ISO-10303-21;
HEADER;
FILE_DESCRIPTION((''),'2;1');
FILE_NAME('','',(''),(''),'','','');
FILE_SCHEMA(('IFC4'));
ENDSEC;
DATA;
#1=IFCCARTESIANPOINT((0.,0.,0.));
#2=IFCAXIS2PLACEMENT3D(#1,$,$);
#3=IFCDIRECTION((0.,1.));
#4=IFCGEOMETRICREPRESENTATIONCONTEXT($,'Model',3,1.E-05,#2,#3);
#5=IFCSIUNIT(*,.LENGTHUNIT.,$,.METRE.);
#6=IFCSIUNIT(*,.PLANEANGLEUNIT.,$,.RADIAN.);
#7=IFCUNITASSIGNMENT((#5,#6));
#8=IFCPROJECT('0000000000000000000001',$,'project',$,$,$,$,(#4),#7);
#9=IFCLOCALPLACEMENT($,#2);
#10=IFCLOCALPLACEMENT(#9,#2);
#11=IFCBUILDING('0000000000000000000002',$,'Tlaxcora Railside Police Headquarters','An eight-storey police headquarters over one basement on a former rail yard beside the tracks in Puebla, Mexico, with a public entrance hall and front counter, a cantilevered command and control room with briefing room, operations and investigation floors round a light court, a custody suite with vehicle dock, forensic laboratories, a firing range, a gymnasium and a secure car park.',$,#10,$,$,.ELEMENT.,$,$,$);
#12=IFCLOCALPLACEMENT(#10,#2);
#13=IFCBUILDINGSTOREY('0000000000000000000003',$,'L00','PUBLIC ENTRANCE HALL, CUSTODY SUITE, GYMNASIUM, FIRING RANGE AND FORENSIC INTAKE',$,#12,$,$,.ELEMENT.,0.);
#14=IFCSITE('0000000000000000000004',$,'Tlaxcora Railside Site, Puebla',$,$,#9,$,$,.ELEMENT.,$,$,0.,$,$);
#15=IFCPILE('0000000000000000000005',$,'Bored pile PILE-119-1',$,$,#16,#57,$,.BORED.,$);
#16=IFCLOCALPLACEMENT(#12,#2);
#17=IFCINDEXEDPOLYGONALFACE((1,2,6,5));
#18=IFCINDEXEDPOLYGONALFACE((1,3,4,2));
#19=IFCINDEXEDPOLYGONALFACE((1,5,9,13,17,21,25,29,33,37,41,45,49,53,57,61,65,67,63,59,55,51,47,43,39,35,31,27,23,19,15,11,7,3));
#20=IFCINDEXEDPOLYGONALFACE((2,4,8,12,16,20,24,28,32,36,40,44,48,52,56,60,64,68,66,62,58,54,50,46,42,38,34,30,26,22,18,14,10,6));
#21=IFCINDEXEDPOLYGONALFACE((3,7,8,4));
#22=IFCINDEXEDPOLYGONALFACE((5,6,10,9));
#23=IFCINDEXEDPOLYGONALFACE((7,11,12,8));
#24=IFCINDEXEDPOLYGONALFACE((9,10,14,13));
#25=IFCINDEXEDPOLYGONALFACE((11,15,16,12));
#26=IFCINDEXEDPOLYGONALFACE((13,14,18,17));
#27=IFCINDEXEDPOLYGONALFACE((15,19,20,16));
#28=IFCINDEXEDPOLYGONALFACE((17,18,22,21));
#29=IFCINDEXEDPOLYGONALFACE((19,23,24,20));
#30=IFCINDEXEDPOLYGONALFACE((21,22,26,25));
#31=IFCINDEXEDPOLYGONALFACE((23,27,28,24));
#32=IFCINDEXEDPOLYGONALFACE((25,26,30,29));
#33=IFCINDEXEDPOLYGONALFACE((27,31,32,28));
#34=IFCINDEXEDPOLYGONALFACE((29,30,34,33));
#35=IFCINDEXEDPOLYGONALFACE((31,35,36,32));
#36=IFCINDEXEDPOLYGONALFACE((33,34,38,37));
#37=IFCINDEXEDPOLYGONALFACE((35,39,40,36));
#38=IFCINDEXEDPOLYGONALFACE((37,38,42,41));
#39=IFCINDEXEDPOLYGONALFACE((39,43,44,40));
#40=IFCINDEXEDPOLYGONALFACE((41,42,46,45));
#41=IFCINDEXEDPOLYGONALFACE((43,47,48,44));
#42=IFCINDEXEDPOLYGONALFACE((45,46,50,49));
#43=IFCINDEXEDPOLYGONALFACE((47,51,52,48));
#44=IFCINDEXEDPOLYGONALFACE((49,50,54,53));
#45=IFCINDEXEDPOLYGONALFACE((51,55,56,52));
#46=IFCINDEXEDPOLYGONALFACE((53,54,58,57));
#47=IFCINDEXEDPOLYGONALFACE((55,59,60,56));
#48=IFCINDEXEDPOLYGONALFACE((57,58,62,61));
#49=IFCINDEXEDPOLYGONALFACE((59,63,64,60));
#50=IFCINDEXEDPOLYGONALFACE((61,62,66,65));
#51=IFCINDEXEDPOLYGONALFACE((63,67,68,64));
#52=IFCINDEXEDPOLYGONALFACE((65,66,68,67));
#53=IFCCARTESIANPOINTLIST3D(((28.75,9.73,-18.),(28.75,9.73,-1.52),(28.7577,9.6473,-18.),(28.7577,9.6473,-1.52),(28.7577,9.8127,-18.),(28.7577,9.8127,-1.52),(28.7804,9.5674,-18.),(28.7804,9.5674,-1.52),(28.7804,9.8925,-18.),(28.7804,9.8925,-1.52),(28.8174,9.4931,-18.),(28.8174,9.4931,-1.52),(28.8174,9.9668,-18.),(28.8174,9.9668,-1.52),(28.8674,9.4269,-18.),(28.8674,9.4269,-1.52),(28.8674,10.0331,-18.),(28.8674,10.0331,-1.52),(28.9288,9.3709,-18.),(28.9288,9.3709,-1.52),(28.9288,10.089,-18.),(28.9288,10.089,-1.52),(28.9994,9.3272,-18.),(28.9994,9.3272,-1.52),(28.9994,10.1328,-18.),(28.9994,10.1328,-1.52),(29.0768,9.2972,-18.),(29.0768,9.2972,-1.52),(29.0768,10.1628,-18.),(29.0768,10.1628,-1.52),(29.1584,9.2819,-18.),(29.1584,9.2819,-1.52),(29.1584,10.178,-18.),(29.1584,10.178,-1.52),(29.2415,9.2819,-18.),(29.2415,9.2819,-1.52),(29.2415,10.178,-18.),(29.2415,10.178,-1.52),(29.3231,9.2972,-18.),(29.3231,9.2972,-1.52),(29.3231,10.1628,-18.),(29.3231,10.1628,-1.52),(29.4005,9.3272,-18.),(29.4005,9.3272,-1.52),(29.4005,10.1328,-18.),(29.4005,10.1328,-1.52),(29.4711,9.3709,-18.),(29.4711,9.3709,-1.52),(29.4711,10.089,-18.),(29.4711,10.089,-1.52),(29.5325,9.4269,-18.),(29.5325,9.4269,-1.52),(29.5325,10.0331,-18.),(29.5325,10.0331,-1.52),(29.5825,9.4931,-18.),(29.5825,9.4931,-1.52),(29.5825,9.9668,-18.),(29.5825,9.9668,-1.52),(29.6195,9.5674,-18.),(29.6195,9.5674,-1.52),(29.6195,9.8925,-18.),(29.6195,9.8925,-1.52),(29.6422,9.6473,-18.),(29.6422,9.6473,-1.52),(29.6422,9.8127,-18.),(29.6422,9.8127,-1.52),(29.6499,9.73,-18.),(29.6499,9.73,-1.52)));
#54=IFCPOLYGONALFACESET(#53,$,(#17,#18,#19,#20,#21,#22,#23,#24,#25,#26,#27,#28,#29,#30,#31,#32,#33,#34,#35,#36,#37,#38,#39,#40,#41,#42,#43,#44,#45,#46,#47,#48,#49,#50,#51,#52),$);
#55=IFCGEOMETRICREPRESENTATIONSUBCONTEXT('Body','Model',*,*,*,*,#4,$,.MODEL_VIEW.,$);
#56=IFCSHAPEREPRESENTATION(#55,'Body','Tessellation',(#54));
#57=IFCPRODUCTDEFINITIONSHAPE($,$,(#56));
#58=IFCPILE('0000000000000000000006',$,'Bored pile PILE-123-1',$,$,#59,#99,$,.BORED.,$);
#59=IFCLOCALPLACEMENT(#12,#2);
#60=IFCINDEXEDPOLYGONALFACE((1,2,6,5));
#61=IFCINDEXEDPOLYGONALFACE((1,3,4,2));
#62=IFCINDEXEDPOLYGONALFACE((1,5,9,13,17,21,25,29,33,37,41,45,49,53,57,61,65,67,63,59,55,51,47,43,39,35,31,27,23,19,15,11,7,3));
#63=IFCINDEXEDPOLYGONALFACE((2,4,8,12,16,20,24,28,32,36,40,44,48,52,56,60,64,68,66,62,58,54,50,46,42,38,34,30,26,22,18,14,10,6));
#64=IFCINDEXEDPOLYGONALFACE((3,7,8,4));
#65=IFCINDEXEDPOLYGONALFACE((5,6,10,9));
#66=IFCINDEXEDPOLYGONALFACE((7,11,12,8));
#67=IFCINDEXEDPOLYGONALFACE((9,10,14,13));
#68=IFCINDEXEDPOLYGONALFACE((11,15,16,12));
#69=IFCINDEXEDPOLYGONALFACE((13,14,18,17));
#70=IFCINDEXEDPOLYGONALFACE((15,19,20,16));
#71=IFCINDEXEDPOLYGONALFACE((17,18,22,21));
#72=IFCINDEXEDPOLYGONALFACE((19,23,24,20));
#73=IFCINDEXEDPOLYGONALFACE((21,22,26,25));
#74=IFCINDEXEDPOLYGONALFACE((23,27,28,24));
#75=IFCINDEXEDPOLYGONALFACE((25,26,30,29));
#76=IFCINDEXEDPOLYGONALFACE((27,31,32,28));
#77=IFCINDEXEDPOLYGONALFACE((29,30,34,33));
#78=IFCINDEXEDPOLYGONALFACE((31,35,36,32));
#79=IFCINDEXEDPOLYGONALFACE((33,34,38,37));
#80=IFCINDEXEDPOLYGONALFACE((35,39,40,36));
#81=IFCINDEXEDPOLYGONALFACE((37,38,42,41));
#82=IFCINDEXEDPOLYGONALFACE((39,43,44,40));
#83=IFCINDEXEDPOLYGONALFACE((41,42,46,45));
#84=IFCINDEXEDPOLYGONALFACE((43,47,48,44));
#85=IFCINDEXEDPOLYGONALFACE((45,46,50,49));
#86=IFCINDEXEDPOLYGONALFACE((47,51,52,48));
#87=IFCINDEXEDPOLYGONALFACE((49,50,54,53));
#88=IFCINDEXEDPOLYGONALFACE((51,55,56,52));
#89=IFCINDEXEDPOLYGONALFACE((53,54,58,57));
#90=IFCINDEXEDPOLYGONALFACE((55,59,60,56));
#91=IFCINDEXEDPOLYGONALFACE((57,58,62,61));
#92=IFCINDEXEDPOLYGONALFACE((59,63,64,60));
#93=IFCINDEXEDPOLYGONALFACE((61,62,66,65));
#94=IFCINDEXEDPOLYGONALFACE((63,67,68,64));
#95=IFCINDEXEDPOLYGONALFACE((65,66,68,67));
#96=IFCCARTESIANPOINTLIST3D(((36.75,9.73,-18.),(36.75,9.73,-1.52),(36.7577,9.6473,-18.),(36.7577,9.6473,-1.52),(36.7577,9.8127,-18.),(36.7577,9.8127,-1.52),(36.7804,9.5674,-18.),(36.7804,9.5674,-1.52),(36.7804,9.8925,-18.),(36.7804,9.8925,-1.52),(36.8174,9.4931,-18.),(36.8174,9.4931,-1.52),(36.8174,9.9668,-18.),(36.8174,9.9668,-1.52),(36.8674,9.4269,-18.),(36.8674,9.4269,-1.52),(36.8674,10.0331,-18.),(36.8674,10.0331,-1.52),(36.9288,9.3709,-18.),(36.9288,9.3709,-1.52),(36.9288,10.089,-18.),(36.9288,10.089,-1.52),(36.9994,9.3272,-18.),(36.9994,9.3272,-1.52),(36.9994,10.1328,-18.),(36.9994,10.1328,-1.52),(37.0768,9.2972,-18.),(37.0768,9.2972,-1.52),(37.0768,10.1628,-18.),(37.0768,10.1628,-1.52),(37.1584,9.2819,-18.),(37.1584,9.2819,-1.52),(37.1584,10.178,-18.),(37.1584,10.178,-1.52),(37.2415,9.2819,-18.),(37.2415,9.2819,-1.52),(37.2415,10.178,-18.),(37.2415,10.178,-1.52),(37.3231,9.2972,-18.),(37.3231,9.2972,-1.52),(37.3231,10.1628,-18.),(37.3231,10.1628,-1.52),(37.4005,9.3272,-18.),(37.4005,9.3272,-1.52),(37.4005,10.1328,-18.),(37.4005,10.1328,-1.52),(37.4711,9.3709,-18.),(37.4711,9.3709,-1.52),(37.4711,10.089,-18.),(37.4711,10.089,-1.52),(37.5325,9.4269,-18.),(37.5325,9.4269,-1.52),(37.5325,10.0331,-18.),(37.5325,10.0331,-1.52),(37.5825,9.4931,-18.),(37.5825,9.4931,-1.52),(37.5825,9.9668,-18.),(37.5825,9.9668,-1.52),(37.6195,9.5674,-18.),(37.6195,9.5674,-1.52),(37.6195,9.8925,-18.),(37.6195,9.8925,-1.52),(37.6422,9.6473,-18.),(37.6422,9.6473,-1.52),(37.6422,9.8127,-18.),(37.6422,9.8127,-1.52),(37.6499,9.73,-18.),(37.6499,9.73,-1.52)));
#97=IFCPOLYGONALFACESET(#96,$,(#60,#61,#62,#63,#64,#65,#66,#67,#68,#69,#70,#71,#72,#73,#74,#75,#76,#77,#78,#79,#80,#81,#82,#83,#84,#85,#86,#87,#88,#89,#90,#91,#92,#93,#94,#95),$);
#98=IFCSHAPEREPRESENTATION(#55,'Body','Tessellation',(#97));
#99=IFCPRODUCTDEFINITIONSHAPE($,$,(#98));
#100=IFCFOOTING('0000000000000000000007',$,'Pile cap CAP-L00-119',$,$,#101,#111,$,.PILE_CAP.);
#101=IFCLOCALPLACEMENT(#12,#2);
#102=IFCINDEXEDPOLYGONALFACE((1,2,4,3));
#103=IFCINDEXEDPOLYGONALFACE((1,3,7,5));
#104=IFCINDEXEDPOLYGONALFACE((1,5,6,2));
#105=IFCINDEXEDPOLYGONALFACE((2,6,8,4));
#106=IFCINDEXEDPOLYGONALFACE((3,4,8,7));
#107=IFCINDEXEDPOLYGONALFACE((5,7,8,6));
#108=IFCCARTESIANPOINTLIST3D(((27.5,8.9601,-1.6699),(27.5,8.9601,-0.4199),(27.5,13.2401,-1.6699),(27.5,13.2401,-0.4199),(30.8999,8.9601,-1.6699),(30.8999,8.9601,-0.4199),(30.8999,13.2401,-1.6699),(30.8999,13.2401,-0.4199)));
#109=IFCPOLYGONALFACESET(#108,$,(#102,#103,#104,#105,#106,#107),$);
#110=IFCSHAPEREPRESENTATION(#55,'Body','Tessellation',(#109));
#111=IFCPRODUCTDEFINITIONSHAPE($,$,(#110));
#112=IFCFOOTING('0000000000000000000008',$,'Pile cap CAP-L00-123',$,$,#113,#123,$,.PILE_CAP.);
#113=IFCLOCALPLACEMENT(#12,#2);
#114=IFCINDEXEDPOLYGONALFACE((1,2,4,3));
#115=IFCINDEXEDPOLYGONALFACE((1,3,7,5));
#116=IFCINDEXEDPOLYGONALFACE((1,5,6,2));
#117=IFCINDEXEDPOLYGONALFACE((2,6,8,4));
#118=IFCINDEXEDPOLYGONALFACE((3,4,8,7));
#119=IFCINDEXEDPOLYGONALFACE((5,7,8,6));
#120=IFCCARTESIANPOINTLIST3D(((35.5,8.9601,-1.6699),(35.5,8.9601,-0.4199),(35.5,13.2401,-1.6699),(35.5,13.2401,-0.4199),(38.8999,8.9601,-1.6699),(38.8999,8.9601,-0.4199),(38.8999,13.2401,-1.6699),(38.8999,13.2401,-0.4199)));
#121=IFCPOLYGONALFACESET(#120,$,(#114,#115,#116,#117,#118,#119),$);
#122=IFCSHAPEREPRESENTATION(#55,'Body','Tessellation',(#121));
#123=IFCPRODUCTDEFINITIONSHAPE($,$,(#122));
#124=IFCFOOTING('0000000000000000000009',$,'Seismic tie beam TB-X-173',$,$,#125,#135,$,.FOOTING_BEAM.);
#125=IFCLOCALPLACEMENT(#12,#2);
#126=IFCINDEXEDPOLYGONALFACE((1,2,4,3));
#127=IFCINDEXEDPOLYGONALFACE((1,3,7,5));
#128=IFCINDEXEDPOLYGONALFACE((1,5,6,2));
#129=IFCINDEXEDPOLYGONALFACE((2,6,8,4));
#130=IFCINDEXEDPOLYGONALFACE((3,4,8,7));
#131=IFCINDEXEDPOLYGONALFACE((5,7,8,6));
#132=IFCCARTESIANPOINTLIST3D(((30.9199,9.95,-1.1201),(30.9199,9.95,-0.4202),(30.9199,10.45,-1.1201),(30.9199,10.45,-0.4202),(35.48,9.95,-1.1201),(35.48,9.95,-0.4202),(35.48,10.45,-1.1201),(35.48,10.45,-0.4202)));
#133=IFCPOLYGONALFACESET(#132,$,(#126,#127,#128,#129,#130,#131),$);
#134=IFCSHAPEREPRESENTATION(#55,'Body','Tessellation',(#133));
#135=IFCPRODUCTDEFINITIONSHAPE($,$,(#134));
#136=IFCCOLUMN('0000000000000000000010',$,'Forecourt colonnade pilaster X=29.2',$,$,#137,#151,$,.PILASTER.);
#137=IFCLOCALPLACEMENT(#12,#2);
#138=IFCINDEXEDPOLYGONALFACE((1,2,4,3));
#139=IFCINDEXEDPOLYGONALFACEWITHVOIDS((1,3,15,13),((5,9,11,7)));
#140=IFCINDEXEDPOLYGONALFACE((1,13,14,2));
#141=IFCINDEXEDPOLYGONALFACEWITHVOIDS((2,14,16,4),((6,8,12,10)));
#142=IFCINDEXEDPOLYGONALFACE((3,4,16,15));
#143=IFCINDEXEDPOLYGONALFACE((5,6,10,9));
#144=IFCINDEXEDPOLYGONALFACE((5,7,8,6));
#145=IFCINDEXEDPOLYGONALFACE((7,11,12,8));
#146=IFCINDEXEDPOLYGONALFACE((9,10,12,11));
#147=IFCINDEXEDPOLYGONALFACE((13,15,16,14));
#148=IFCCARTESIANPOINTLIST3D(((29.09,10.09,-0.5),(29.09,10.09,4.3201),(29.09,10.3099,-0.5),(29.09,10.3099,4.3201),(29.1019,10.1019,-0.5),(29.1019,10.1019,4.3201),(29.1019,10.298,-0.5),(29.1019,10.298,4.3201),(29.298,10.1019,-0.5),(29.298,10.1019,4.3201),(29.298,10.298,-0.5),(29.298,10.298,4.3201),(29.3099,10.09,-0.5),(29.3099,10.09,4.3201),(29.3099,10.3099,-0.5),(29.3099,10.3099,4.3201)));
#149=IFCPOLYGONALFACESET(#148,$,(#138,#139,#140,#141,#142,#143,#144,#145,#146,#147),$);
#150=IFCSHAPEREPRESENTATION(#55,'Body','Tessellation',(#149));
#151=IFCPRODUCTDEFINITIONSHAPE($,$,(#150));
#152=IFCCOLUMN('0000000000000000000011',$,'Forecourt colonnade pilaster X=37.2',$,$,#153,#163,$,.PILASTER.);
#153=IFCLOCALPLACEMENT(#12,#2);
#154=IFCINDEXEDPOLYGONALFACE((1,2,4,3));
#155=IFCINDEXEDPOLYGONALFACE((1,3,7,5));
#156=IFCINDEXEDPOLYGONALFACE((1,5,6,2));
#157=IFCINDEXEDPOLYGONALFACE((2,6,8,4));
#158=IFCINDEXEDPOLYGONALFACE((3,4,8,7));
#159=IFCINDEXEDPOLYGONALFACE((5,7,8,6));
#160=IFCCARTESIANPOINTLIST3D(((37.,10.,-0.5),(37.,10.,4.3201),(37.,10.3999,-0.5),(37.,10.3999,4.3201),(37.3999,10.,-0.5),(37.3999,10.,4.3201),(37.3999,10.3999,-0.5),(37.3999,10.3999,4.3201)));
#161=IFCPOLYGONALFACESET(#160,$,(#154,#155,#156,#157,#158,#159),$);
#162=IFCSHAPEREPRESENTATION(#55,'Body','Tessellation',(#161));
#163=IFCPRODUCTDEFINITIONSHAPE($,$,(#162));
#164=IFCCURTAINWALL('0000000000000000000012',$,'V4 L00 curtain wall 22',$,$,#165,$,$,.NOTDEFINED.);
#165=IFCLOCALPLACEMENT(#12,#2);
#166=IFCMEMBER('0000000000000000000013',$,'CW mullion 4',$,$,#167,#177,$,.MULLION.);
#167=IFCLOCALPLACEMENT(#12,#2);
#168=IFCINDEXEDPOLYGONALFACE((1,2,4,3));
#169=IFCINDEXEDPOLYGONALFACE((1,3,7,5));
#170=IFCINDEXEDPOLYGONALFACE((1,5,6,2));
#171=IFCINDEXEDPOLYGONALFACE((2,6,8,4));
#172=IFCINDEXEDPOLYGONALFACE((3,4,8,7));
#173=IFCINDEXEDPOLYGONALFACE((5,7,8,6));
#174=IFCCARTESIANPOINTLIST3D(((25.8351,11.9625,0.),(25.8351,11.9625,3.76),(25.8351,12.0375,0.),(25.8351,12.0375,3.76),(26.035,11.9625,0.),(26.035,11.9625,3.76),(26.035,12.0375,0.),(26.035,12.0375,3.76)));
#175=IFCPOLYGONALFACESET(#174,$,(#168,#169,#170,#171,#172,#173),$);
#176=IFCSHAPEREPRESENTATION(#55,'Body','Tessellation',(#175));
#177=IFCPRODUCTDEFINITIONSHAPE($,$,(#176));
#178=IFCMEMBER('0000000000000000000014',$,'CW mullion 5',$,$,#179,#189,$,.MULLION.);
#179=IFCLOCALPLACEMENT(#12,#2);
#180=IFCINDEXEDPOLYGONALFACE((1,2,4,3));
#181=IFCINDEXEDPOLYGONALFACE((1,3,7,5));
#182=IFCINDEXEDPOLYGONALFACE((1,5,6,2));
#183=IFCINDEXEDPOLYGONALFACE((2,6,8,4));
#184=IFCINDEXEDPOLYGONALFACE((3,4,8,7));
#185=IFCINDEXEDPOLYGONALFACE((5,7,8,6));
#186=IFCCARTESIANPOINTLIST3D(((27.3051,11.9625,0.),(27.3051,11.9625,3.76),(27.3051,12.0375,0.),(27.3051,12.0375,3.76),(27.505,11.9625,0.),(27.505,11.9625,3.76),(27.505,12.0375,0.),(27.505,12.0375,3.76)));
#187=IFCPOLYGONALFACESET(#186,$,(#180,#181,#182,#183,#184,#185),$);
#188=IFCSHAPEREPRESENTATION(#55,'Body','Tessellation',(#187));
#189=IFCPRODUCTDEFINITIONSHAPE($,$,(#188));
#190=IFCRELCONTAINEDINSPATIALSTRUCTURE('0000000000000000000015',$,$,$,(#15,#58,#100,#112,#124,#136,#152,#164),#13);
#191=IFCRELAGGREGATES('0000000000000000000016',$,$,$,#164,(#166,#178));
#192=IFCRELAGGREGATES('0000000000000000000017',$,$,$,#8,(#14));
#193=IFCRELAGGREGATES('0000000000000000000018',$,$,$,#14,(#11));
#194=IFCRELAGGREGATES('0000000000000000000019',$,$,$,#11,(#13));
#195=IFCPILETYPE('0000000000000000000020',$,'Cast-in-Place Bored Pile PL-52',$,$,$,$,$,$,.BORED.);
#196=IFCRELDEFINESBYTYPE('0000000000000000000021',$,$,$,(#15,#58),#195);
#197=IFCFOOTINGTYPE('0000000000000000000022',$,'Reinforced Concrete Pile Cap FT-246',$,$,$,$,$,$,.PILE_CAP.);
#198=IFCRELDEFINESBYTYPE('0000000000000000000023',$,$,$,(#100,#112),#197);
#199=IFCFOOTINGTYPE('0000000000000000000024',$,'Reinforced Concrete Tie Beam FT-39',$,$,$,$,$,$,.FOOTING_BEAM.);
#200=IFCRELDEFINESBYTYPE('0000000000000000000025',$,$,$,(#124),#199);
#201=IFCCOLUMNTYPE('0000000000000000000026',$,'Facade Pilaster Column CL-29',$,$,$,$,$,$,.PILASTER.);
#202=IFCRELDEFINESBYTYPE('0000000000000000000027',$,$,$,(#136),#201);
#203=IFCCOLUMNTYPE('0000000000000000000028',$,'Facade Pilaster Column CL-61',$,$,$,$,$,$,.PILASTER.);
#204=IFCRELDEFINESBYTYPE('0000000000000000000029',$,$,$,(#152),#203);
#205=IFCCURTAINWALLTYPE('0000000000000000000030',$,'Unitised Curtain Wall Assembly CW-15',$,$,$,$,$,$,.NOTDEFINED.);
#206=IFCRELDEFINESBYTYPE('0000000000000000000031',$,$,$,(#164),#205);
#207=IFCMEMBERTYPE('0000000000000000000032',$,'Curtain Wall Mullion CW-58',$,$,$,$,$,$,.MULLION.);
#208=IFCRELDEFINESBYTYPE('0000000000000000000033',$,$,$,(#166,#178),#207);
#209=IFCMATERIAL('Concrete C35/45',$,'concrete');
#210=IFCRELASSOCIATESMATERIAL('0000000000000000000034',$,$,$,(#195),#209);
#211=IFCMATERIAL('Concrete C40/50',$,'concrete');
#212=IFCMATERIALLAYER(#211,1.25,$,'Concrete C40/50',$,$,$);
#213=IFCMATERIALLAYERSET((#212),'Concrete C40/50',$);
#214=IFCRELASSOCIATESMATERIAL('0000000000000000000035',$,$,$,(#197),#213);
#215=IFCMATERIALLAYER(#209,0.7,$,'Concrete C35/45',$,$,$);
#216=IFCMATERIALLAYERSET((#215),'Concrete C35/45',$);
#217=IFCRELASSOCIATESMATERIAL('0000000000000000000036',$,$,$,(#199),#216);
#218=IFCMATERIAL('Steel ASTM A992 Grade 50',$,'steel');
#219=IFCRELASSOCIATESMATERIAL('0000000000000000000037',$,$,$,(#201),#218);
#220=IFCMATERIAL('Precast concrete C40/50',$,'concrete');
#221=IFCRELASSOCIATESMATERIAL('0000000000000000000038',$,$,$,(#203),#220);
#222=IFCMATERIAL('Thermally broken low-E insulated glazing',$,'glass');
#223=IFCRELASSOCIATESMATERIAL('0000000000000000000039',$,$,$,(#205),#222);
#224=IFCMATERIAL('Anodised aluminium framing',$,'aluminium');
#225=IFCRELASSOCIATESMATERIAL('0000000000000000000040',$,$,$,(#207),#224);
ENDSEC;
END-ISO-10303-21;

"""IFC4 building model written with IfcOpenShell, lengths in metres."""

from ifc_helpers import new_model, si_unit, direction, frame, origin, origin_2d, place, context, subcontext, project, spatial, rectangle, hollow_rectangle, circle, extrude, material, layer, layer_set, material_profile, profile_set, type_object, element, aggregate, save


model = new_model("IFC4")

# Units and contexts
model_context = context("Model", 3, precision=1e-05, world=origin(), true_north=direction((0.0, 1.0)))
body_context = subcontext(model_context, "Body", "Model", "MODEL_VIEW")
ifc_project = project(units=[si_unit("LENGTHUNIT", "METRE"), si_unit("PLANEANGLEUNIT", "RADIAN")], contexts=[model_context])

# Site, building, storey
site_placement = place(None, origin())
site = spatial("IfcSite", under=ifc_project, at=site_placement, Name="Tlaxcora Railside Site, Puebla", CompositionType="ELEMENT", RefElevation=0.0)
building_placement = place(site_placement, origin())
building = spatial("IfcBuilding", under=site, at=building_placement, Name="Tlaxcora Railside Police Headquarters", Description="An eight-storey police headquarters over one basement on a former rail yard beside the tracks in Puebla, Mexico, with a public entrance hall and front counter, a cantilevered command and control room with briefing room, operations and investigation floors round a light court, a custody suite with vehicle dock, forensic laboratories, a firing range, a gymnasium and a secure car park.", CompositionType="ELEMENT")
storey_placement = place(building_placement, origin())
storey = spatial("IfcBuildingStorey", under=building, at=storey_placement, Name="L00", Description="PUBLIC ENTRANCE HALL, CUSTODY SUITE, GYMNASIUM, FIRING RANGE AND FORENSIC INTAKE", CompositionType="ELEMENT", Elevation=0.0)

# Piles
ifc_material_1 = material(Name="Concrete C35/45", Category="concrete")
ifc_material_profile_1 = material_profile(ifc_material_1, circle(Radius=0.45, at=origin_2d()), Name="PILE900")
ifc_profile_set_1 = profile_set([ifc_material_profile_1], Name="Concrete C35/45")
pile_type = type_object("IfcPileType", Name="Cast-in-Place Bored Pile PL-52", PredefinedType="BORED", material=ifc_profile_set_1)
for number, where, z_axis, x_axis, name in (
    (1, (29.2, 9.73, -1.52), (0.0, 0.0, -1.0), (1.0, 0.0, 0.0), "Bored pile PILE-119-1"),
    (2, (37.2, 9.73, -1.52), (0.0, 0.0, -1.0), (1.0, 0.0, 0.0), "Bored pile PILE-123-1"),
):
    element("IfcPile", number, at=place(storey_placement, frame(where, z_axis=z_axis, x_axis=x_axis)), inside=storey, type_object=pile_type, Name=name, PredefinedType="BORED", context=body_context, shape_type="SweptSolid", body=[
        extrude(circle(Radius=0.45, at=origin_2d()), origin(), (0.0, 0.0, 1.0), 16.48),
    ])

# Footings
ifc_material_2 = material(Name="Concrete C40/50", Category="concrete")
ifc_layer_1 = layer(ifc_material_2, 1.25, Name="Concrete C40/50")
ifc_layer_set_1 = layer_set([ifc_layer_1], Name="Concrete C40/50")
footing_type_1 = type_object("IfcFootingType", Name="Reinforced Concrete Pile Cap FT-246", PredefinedType="PILE_CAP", material=ifc_layer_set_1)
for number, where, z_axis, x_axis, name in (
    (3, (29.2, 11.1001, -1.6699), (0.0, 0.0, 1.0), (1.0, 0.0, 0.0), "Pile cap CAP-L00-119"),
    (4, (37.2, 11.1001, -1.6699), (0.0, 0.0, 1.0), (1.0, 0.0, 0.0), "Pile cap CAP-L00-123"),
):
    element("IfcFooting", number, at=place(storey_placement, frame(where, z_axis=z_axis, x_axis=x_axis)), inside=storey, type_object=footing_type_1, Name=name, PredefinedType="PILE_CAP", context=body_context, shape_type="SweptSolid", body=[
        extrude(rectangle(XDim=3.3999, YDim=4.28, at=origin_2d()), origin(), (0.0, 0.0, 1.0), 1.25),
    ])
ifc_layer_2 = layer(ifc_material_1, 0.7, Name="Concrete C35/45")
ifc_layer_set_2 = layer_set([ifc_layer_2], Name="Concrete C35/45")
footing_type_2 = type_object("IfcFootingType", Name="Reinforced Concrete Tie Beam FT-39", PredefinedType="FOOTING_BEAM", material=ifc_layer_set_2)
footing_placement = place(storey_placement, frame((33.2, 10.2, -1.1201), z_axis=(0.0, 0.0, 1.0), x_axis=(1.0, 0.0, 0.0)))
element("IfcFooting", 5, at=footing_placement, inside=storey, type_object=footing_type_2, Name="Seismic tie beam TB-X-173", PredefinedType="FOOTING_BEAM", context=body_context, shape_type="SweptSolid", body=[
    extrude(rectangle(XDim=4.5601, YDim=0.5, at=origin_2d()), origin(), (0.0, 0.0, 1.0), 0.7),
])

# Columns
ifc_material_3 = material(Name="Steel ASTM A992 Grade 50", Category="steel")
ifc_material_profile_2 = material_profile(ifc_material_3, hollow_rectangle(XDim=0.22, YDim=0.22, WallThickness=0.012, at=origin_2d()), Name="HSS220X220X12")
ifc_profile_set_2 = profile_set([ifc_material_profile_2], Name="Steel ASTM A992 Grade 50")
column_type_1 = type_object("IfcColumnType", Name="Facade Pilaster Column CL-29", PredefinedType="PILASTER", material=ifc_profile_set_2)
column_1_placement = place(storey_placement, frame((29.2, 10.2, -0.5), z_axis=(0.0, 0.0, 1.0), x_axis=(1.0, 0.0, 0.0)))
element("IfcColumn", 6, at=column_1_placement, inside=storey, type_object=column_type_1, Name="Forecourt colonnade pilaster X=29.2", PredefinedType="PILASTER", context=body_context, shape_type="SweptSolid", body=[
    extrude(hollow_rectangle(XDim=0.22, YDim=0.22, WallThickness=0.012, at=origin_2d()), origin(), (0.0, 0.0, 1.0), 4.8201),
])
ifc_material_4 = material(Name="Precast concrete C40/50", Category="concrete")
ifc_material_profile_3 = material_profile(ifc_material_4, rectangle(XDim=0.3999, YDim=0.3999, at=origin_2d()), Name="RC400X400")
ifc_profile_set_3 = profile_set([ifc_material_profile_3], Name="Precast concrete C40/50")
column_type_2 = type_object("IfcColumnType", Name="Facade Pilaster Column CL-61", PredefinedType="PILASTER", material=ifc_profile_set_3)
column_2_placement = place(storey_placement, frame((37.2, 10.2, -0.5), z_axis=(0.0, 0.0, 1.0), x_axis=(1.0, 0.0, 0.0)))
element("IfcColumn", 7, at=column_2_placement, inside=storey, type_object=column_type_2, Name="Forecourt colonnade pilaster X=37.2", PredefinedType="PILASTER", context=body_context, shape_type="SweptSolid", body=[
    extrude(rectangle(XDim=0.3999, YDim=0.3999, at=origin_2d()), origin(), (0.0, 0.0, 1.0), 4.8201),
])

# Curtain wall, members
ifc_material_5 = material(Name="Thermally broken low-E insulated glazing", Category="glass")
curtain_wall_type = type_object("IfcCurtainWallType", Name="Unitised Curtain Wall Assembly CW-15", PredefinedType="NOTDEFINED", material=ifc_material_5)
curtain_wall_placement = place(storey_placement, origin())
curtain_wall = element("IfcCurtainWall", 8, at=curtain_wall_placement, inside=storey, type_object=curtain_wall_type, Name="V4 L00 curtain wall 22", PredefinedType="NOTDEFINED")
ifc_material_6 = material(Name="Anodised aluminium framing", Category="aluminium")
ifc_material_profile_4 = material_profile(ifc_material_6, rectangle(XDim=0.075, YDim=0.2, at=origin_2d()), Name="AL75X200")
ifc_profile_set_4 = profile_set([ifc_material_profile_4], Name="Anodised aluminium framing")
member_type_1 = type_object("IfcMemberType", Name="Curtain Wall Mullion CW-58", PredefinedType="MULLION", material=ifc_profile_set_4)
member_1_placement = place(storey_placement, frame((25.9351, 12.0, 0.0), z_axis=(0.0, 0.0, 1.0), x_axis=(0.0, 1.0, 0.0)))
member_1 = element("IfcMember", 9, at=member_1_placement, type_object=member_type_1, Name="CW mullion 4", PredefinedType="MULLION", context=body_context, shape_type="SweptSolid", body=[
    extrude(rectangle(XDim=0.075, YDim=0.2, at=origin_2d()), origin(), (0.0, 0.0, 1.0), 3.76),
])
member_2_placement = place(storey_placement, frame((27.405, 12.0, 0.0), z_axis=(0.0, 0.0, 1.0), x_axis=(0.0, 1.0, 0.0)))
member_2 = element("IfcMember", 10, at=member_2_placement, type_object=member_type_1, Name="CW mullion 5", PredefinedType="MULLION", context=body_context, shape_type="SweptSolid", body=[
    extrude(rectangle(XDim=0.075, YDim=0.2, at=origin_2d()), origin(), (0.0, 0.0, 1.0), 3.76),
])

aggregate(curtain_wall, [member_1, member_2])

save(model, "model.ifc")
